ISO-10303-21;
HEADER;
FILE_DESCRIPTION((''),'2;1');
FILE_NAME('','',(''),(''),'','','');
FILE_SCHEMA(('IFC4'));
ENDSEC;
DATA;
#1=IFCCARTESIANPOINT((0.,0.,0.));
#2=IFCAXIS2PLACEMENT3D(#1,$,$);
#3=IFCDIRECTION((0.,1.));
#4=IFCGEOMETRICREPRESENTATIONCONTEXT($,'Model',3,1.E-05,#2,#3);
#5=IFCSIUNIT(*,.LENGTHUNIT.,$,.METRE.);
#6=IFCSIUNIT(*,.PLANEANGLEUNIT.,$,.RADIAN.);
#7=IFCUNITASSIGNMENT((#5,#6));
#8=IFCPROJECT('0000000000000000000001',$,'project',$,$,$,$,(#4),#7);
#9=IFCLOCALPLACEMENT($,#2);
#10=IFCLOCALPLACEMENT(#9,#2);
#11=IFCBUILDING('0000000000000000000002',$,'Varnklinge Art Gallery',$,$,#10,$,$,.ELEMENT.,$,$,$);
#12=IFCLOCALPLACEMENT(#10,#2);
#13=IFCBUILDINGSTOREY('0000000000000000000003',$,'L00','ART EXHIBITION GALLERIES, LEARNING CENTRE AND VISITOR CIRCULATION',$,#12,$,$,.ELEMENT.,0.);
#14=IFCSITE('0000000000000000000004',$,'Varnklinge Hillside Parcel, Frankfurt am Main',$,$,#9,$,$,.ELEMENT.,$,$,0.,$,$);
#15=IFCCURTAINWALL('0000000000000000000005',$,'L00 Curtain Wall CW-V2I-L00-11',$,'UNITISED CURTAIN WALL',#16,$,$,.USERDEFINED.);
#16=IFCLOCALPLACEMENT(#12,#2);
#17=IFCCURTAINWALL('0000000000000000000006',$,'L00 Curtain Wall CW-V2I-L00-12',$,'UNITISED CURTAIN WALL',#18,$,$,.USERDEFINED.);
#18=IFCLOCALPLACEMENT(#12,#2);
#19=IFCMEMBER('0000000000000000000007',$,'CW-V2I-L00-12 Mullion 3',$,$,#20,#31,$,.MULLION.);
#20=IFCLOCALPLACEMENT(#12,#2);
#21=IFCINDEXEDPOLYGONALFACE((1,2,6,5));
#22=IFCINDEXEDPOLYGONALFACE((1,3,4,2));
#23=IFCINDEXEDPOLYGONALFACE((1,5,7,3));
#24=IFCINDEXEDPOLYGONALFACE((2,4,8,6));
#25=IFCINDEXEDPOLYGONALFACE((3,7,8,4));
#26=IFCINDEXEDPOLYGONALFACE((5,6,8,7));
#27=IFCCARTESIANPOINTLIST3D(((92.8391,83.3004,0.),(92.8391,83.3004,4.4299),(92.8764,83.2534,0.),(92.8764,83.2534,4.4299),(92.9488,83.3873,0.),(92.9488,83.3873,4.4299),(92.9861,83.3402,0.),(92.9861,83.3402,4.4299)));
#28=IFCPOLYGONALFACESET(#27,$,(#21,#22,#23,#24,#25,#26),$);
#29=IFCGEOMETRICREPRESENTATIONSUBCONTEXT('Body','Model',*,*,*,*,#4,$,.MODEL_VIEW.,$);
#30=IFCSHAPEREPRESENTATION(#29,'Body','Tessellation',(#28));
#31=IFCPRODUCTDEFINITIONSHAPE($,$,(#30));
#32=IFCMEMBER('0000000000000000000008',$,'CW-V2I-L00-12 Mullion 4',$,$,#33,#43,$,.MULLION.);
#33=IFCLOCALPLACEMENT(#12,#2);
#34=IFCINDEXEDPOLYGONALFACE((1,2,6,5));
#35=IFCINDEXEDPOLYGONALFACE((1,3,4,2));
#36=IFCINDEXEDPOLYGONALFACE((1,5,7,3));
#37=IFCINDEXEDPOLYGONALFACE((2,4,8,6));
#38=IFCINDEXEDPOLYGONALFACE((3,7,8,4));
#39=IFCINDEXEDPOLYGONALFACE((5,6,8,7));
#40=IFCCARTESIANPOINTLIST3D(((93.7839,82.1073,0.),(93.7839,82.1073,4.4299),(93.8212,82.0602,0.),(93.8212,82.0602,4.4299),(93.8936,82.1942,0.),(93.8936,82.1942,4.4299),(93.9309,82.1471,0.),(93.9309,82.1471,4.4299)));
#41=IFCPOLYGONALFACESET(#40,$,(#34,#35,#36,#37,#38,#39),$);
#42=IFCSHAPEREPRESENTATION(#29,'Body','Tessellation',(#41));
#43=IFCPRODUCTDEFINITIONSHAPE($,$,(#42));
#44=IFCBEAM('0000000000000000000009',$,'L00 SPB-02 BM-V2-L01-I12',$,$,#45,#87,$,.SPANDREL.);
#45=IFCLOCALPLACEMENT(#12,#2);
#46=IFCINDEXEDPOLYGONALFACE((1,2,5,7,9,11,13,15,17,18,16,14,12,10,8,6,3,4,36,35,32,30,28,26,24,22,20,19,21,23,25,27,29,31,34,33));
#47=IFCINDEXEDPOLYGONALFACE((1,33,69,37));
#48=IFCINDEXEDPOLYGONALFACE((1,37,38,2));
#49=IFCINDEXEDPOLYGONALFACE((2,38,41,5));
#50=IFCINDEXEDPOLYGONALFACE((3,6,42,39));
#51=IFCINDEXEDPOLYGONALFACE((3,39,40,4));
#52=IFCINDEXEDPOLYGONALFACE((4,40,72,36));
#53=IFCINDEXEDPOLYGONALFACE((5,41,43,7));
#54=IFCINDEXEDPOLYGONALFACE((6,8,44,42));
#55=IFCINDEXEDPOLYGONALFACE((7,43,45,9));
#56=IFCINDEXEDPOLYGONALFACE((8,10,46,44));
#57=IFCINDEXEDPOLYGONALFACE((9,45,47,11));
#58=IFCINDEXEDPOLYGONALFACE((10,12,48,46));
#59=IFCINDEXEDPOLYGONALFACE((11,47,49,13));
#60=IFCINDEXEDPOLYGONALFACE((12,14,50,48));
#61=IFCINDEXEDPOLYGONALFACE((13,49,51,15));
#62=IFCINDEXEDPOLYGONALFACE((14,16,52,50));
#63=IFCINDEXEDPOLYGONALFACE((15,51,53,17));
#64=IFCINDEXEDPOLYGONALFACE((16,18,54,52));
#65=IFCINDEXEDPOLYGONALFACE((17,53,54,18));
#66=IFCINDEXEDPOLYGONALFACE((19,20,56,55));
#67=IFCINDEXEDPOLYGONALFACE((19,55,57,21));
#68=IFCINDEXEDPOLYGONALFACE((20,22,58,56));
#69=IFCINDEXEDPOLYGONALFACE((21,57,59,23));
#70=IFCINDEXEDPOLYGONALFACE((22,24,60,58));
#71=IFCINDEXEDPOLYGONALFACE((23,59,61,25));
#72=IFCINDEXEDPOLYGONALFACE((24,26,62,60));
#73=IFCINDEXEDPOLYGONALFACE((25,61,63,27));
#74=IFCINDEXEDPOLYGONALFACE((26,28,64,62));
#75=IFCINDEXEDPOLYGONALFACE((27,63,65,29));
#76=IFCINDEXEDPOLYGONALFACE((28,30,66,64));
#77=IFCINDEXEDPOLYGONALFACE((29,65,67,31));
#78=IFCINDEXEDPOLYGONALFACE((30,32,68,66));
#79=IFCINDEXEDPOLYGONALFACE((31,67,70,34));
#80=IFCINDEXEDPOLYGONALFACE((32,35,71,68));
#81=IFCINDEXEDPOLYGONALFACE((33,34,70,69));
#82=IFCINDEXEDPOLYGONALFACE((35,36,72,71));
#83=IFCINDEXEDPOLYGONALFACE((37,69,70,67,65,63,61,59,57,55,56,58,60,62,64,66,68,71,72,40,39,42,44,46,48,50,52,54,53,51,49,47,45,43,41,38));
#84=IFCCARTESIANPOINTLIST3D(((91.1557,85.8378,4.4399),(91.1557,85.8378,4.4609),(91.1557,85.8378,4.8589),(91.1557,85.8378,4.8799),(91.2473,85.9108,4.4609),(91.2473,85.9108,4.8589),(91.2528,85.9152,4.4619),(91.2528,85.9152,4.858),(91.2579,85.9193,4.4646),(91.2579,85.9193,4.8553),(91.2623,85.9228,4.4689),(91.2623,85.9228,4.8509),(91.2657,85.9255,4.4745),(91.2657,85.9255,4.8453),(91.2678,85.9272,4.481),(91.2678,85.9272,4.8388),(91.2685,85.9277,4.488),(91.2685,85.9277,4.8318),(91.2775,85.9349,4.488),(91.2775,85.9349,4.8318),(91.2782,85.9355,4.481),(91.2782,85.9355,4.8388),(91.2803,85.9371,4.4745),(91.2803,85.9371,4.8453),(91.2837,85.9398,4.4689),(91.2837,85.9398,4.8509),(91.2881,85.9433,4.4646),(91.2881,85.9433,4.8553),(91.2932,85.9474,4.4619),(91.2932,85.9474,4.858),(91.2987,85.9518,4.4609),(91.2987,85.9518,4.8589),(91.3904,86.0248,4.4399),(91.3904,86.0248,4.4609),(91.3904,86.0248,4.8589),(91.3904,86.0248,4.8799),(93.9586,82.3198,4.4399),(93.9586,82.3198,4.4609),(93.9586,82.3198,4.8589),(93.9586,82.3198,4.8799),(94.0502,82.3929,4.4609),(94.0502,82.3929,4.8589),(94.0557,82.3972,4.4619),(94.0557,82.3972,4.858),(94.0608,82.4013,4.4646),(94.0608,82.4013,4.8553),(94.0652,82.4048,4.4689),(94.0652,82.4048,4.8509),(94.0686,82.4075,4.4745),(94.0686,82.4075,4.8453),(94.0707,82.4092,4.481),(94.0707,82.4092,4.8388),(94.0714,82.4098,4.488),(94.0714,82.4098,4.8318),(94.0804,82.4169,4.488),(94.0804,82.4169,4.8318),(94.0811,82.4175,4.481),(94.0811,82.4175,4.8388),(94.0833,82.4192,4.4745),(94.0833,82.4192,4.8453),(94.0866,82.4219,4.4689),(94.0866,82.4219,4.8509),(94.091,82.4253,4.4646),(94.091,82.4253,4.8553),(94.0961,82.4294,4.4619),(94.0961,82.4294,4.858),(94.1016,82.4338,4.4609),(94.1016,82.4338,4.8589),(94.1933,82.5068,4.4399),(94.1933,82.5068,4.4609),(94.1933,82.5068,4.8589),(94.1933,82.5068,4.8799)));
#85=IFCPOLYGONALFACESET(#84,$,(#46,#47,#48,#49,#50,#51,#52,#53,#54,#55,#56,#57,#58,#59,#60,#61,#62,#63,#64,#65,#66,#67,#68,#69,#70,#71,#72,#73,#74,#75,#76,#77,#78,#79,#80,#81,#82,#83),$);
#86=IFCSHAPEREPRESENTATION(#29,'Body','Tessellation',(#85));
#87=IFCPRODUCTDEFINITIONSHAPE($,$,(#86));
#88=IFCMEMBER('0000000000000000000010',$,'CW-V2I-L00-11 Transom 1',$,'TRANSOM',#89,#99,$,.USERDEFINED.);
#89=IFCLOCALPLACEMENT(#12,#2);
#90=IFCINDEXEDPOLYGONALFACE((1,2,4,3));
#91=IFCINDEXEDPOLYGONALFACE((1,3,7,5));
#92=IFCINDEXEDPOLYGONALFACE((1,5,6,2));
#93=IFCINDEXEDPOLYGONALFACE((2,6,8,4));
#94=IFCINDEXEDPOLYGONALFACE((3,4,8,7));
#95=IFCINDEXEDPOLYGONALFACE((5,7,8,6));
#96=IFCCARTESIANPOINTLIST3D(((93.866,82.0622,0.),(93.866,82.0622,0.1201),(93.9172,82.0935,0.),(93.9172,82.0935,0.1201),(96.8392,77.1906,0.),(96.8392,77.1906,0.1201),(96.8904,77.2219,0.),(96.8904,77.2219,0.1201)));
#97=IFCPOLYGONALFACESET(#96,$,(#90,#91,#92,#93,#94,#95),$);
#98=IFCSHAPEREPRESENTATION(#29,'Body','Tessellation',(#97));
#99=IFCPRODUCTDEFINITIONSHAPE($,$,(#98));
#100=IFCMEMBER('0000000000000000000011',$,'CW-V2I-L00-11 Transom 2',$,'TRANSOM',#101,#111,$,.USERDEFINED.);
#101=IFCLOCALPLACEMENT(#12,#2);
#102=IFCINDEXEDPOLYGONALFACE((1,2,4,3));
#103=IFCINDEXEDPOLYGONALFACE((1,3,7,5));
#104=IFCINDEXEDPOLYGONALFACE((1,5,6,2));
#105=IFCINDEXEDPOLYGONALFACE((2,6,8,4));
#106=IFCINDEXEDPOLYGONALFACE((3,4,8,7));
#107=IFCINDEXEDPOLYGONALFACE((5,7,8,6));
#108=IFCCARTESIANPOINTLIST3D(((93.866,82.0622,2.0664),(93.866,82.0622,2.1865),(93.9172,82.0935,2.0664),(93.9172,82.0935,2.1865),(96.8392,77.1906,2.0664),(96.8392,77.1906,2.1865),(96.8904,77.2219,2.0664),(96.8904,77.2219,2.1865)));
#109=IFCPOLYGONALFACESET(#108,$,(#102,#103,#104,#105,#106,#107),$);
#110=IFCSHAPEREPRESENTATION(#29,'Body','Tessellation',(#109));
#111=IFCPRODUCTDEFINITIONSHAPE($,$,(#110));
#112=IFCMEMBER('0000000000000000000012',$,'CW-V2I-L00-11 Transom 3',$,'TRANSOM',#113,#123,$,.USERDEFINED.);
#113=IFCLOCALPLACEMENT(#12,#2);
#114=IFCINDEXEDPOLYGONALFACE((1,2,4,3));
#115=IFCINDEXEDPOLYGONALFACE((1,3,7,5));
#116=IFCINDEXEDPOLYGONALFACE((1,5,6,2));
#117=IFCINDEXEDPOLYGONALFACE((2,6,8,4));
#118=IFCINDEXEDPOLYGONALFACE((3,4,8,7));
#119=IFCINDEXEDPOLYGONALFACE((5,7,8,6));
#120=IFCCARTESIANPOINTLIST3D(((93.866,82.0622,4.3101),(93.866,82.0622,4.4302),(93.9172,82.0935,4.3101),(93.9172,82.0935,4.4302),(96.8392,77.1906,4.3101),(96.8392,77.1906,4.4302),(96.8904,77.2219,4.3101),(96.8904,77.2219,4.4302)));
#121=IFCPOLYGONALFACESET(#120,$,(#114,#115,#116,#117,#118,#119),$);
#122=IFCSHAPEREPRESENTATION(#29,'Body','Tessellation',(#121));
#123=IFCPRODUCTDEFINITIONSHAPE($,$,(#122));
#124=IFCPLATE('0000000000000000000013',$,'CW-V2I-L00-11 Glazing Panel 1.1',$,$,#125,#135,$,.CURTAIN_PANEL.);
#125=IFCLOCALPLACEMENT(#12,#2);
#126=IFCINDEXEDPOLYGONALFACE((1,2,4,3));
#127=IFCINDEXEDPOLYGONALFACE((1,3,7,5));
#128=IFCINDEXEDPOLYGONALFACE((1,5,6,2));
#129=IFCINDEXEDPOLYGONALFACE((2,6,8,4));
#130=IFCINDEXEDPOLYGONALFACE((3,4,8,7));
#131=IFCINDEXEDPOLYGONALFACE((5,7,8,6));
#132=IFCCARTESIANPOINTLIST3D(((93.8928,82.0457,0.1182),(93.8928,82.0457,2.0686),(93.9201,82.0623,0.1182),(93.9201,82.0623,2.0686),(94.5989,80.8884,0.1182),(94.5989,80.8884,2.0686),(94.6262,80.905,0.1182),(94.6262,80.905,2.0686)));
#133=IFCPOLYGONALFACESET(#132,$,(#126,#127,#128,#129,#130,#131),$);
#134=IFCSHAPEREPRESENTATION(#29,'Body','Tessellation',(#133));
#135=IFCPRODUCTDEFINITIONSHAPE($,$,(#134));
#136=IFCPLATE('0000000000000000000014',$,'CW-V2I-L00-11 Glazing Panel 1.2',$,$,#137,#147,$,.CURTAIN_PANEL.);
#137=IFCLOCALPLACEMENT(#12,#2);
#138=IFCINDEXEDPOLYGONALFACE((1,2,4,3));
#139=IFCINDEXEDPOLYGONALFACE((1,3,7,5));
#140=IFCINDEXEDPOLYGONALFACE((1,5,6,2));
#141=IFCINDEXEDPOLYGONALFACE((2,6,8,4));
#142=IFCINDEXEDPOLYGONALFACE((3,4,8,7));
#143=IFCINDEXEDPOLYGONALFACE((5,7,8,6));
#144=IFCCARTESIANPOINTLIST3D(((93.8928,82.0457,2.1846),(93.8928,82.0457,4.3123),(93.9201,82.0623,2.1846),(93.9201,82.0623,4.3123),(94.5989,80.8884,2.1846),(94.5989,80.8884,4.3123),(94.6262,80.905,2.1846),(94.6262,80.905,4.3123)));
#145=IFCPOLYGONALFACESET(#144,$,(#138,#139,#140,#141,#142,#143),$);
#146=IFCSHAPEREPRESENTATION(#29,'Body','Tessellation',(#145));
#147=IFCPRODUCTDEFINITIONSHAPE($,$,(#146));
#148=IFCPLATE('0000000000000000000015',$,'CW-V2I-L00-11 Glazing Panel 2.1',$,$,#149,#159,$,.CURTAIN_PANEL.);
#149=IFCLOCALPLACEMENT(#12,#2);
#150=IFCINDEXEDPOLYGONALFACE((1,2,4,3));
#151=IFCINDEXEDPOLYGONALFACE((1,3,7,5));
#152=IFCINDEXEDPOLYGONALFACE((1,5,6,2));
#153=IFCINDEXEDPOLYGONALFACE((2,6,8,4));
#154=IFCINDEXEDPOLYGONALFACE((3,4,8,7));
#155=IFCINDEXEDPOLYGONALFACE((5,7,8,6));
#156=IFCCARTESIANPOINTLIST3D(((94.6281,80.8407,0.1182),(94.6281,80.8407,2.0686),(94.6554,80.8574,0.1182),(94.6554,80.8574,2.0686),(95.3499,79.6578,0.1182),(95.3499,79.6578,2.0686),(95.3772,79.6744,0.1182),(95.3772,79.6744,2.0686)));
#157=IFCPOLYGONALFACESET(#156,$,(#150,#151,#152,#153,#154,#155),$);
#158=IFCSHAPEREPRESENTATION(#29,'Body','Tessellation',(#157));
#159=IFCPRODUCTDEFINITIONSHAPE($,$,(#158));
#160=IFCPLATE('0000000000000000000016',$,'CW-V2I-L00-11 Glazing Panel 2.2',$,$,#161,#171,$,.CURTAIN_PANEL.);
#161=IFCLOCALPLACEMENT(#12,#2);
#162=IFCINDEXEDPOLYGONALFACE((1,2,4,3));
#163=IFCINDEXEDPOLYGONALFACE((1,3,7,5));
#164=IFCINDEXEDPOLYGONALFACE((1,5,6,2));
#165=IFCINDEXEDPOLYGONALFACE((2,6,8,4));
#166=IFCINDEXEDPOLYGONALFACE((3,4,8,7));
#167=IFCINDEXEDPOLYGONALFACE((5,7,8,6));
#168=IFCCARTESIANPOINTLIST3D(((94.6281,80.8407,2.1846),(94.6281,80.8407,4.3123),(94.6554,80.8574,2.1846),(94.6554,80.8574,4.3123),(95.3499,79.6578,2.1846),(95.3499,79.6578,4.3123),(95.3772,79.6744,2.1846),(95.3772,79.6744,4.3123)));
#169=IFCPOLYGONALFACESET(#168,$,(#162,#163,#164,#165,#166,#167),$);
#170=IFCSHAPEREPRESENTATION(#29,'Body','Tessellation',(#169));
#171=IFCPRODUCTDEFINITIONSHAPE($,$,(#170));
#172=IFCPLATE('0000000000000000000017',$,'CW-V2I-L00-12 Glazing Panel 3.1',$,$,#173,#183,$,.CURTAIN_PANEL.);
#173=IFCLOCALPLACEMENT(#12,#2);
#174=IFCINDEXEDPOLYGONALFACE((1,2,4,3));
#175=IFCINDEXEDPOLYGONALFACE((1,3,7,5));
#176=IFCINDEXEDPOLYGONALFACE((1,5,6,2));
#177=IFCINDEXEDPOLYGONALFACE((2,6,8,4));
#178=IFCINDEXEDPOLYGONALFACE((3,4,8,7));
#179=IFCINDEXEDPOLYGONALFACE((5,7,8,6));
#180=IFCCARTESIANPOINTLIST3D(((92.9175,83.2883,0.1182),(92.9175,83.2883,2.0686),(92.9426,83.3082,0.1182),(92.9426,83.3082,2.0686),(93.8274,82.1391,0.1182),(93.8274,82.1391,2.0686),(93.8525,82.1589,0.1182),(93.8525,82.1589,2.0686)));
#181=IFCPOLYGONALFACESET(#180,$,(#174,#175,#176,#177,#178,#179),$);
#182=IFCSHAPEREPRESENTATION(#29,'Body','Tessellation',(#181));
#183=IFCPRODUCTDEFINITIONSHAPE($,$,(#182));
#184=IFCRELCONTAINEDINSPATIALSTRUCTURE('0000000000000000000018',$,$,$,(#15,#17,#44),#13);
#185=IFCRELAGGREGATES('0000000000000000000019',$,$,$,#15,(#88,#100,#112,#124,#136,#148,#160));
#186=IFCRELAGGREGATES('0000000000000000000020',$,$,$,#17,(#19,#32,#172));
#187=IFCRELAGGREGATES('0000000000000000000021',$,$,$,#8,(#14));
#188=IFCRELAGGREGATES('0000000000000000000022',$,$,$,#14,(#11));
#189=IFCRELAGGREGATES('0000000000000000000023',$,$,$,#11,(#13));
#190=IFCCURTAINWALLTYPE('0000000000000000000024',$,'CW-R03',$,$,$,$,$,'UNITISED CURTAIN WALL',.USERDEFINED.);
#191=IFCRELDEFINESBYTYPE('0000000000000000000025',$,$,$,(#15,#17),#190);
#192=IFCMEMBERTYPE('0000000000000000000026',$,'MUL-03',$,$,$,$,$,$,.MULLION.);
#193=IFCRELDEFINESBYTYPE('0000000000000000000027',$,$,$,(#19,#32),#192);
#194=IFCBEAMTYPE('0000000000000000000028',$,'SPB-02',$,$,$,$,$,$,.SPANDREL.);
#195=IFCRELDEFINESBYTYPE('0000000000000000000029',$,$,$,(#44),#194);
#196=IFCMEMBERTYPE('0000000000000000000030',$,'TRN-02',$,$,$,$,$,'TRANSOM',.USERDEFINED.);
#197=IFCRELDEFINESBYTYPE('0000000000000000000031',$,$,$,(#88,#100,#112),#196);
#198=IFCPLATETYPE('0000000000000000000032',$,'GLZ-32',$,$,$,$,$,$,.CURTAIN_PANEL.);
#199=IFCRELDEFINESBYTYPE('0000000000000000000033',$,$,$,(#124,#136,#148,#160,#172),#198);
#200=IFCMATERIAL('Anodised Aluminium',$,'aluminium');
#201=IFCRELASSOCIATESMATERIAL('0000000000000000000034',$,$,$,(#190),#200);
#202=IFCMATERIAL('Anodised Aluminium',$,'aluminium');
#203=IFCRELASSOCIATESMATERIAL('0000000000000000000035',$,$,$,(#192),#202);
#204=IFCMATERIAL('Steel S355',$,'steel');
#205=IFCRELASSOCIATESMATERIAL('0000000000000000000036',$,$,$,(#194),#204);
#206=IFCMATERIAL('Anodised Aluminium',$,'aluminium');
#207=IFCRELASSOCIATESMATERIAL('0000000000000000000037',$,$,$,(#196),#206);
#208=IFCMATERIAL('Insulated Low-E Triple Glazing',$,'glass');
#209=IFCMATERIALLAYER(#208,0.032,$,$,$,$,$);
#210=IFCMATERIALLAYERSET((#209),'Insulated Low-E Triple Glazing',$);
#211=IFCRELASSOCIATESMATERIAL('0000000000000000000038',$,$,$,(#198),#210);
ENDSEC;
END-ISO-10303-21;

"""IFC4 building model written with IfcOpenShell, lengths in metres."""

from ifc_helpers import new_model, si_unit, direction, frame, origin, origin_2d, place, context, subcontext, project, spatial, rectangle, i_section, extrude, material, layer, layer_set, material_profile, profile_set, type_object, element, aggregate, save


model = new_model("IFC4")

# Units and contexts
model_context = context("Model", 3, precision=1e-05, world=origin(), true_north=direction((0.0, 1.0)))
body_context = subcontext(model_context, "Body", "Model", "MODEL_VIEW")
ifc_project = project(units=[si_unit("LENGTHUNIT", "METRE"), si_unit("PLANEANGLEUNIT", "RADIAN")], contexts=[model_context])

# Site, building, storey
site_placement = place(None, origin())
site = spatial("IfcSite", under=ifc_project, at=site_placement, Name="Varnklinge Hillside Parcel, Frankfurt am Main", CompositionType="ELEMENT", RefElevation=0.0)
building_placement = place(site_placement, origin())
building = spatial("IfcBuilding", under=site, at=building_placement, Name="Varnklinge Art Gallery", CompositionType="ELEMENT")
storey_placement = place(building_placement, origin())
storey = spatial("IfcBuildingStorey", under=building, at=storey_placement, Name="L00", Description="ART EXHIBITION GALLERIES, LEARNING CENTRE AND VISITOR CIRCULATION", CompositionType="ELEMENT", Elevation=0.0)

# Curtain walls, members
ifc_material_1 = material(Name="Anodised Aluminium", Category="aluminium")
curtain_wall_type_1 = type_object("IfcCurtainWallType", Name="CW-R03", ElementType="UNITISED CURTAIN WALL", PredefinedType="USERDEFINED", material=ifc_material_1)
curtain_wall_1_placement = place(storey_placement, origin())
curtain_wall_1 = element("IfcCurtainWall", 1, at=curtain_wall_1_placement, inside=storey, type_object=curtain_wall_type_1, Name="L00 Curtain Wall CW-V2I-L00-11", ObjectType="UNITISED CURTAIN WALL", PredefinedType="USERDEFINED")
ifc_material_2 = material(Name="Anodised Aluminium", Category="aluminium")
ifc_material_profile_1 = material_profile(ifc_material_2, rectangle(XDim=0.0601, YDim=0.1399, at=origin_2d()), Name="ALU 60x140")
ifc_profile_set_1 = profile_set([ifc_material_profile_1], Name="Anodised Aluminium")
member_type_1 = type_object("IfcMemberType", Name="MUL-03", PredefinedType="MULLION", material=ifc_profile_set_1)
curtain_wall_2_placement = place(storey_placement, origin())
curtain_wall_2 = element("IfcCurtainWall", 2, at=curtain_wall_2_placement, inside=storey, type_object=curtain_wall_type_1, Name="L00 Curtain Wall CW-V2I-L00-12", ObjectType="UNITISED CURTAIN WALL", PredefinedType="USERDEFINED")
member_1_placement = place(storey_placement, frame((92.9126, 83.3203, 0.0), z_axis=(0.0, 0.0, 1.0), x_axis=(0.620737, -0.784019, 0.0)))
member_1 = element("IfcMember", 3, at=member_1_placement, type_object=member_type_1, Name="CW-V2I-L00-12 Mullion 3", PredefinedType="MULLION", context=body_context, shape_type="SweptSolid", body=[
    extrude(rectangle(XDim=0.0601, YDim=0.1399, at=origin_2d()), origin(), (0.0, 0.0, 1.0), 4.4299),
])
member_2_placement = place(storey_placement, frame((93.8574, 82.1272, 0.0), z_axis=(0.0, 0.0, 1.0), x_axis=(0.620737, -0.784019, 0.0)))
member_2 = element("IfcMember", 4, at=member_2_placement, type_object=member_type_1, Name="CW-V2I-L00-12 Mullion 4", PredefinedType="MULLION", context=body_context, shape_type="SweptSolid", body=[
    extrude(rectangle(XDim=0.0601, YDim=0.1399, at=origin_2d()), origin(), (0.0, 0.0, 1.0), 4.4299),
])

# Beam
ifc_material_3 = material(Name="Steel S355", Category="steel")
ifc_material_profile_2 = material_profile(ifc_material_3, i_section(OverallWidth=0.3, OverallDepth=0.4399, WebThickness=0.0115, FlangeThickness=0.021, FilletRadius=0.0271, at=origin_2d()), Name="HEA 450")
ifc_profile_set_2 = profile_set([ifc_material_profile_2], Name="Steel S355")
beam_type_1 = type_object("IfcBeamType", Name="SPB-02", PredefinedType="SPANDREL", material=ifc_profile_set_2)
beam_1_placement = place(storey_placement, frame((94.0759, 82.4133, 4.6599), z_axis=(-0.623138, 0.782112, 0.0), x_axis=(-0.782112, -0.623138, 0.0)))
element("IfcBeam", 5, at=beam_1_placement, inside=storey, type_object=beam_type_1, Name="L00 SPB-02 BM-V2-L01-I12", PredefinedType="SPANDREL", context=body_context, shape_type="SweptSolid", body=[
    extrude(i_section(OverallWidth=0.3, OverallDepth=0.4399, WebThickness=0.0115, FlangeThickness=0.021, FilletRadius=0.0271, at=origin_2d()), origin(), (0.0, 0.0, 1.0), 4.498),
])

# Members
ifc_material_4 = material(Name="Anodised Aluminium", Category="aluminium")
ifc_material_profile_3 = material_profile(ifc_material_4, rectangle(XDim=0.0601, YDim=0.1201, at=origin_2d()), Name="ALU 60x120")
ifc_profile_set_3 = profile_set([ifc_material_profile_3], Name="Anodised Aluminium")
member_type_2 = type_object("IfcMemberType", Name="TRN-02", ElementType="TRANSOM", PredefinedType="USERDEFINED", material=ifc_profile_set_3)
member_3_placement = place(storey_placement, frame((93.8916, 82.0779, 0.0601), z_axis=(0.520948, -0.853588, 0.0), x_axis=(0.853588, 0.520948, 0.0)))
member_3 = element("IfcMember", 6, at=member_3_placement, type_object=member_type_2, Name="CW-V2I-L00-11 Transom 1", ObjectType="TRANSOM", PredefinedType="USERDEFINED", context=body_context, shape_type="SweptSolid", body=[
    extrude(rectangle(XDim=0.0601, YDim=0.1201, at=origin_2d()), origin(), (0.0, 0.0, 1.0), 5.7073),
])
member_4_placement = place(storey_placement, frame((93.8916, 82.0779, 2.1265), z_axis=(0.520948, -0.853588, 0.0), x_axis=(0.853588, 0.520948, 0.0)))
member_4 = element("IfcMember", 7, at=member_4_placement, type_object=member_type_2, Name="CW-V2I-L00-11 Transom 2", ObjectType="TRANSOM", PredefinedType="USERDEFINED", context=body_context, shape_type="SweptSolid", body=[
    extrude(rectangle(XDim=0.0601, YDim=0.1201, at=origin_2d()), origin(), (0.0, 0.0, 1.0), 5.7073),
])
member_5_placement = place(storey_placement, frame((93.8916, 82.0779, 4.3701), z_axis=(0.520948, -0.853588, 0.0), x_axis=(0.853588, 0.520948, 0.0)))
member_5 = element("IfcMember", 8, at=member_5_placement, type_object=member_type_2, Name="CW-V2I-L00-11 Transom 3", ObjectType="TRANSOM", PredefinedType="USERDEFINED", context=body_context, shape_type="SweptSolid", body=[
    extrude(rectangle(XDim=0.0601, YDim=0.1201, at=origin_2d()), origin(), (0.0, 0.0, 1.0), 5.7073),
])

# Plates
ifc_material_5 = material(Name="Insulated Low-E Triple Glazing", Category="glass")
ifc_layer_1 = layer(ifc_material_5, 0.032)
ifc_layer_set_1 = layer_set([ifc_layer_1], Name="Insulated Low-E Triple Glazing")
plate_type_1 = type_object("IfcPlateType", Name="GLZ-32", PredefinedType="CURTAIN_PANEL", material=ifc_layer_set_1)
plate_1_placement = place(storey_placement, frame((94.2595, 81.4753, 0.1182), z_axis=(0.0, 0.0, 1.0), x_axis=(0.520861, -0.853642, 0.0)))
plate_1 = element("IfcPlate", 9, at=plate_1_placement, type_object=plate_type_1, Name="CW-V2I-L00-11 Glazing Panel 1.1", PredefinedType="CURTAIN_PANEL", context=body_context, shape_type="SweptSolid", body=[
    extrude(rectangle(XDim=1.3557, YDim=0.032, at=origin_2d()), origin(), (0.0, 0.0, 1.0), 1.9504),
])
plate_2_placement = place(storey_placement, frame((94.2595, 81.4753, 2.1846), z_axis=(0.0, 0.0, 1.0), x_axis=(0.520861, -0.853642, 0.0)))
plate_2 = element("IfcPlate", 10, at=plate_2_placement, type_object=plate_type_1, Name="CW-V2I-L00-11 Glazing Panel 1.2", PredefinedType="CURTAIN_PANEL", context=body_context, shape_type="SweptSolid", body=[
    extrude(rectangle(XDim=1.3557, YDim=0.032, at=origin_2d()), origin(), (0.0, 0.0, 1.0), 2.1277),
])
plate_3_placement = place(storey_placement, frame((95.0027, 80.2576, 0.1182), z_axis=(0.0, 0.0, 1.0), x_axis=(0.520861, -0.853642, 0.0)))
plate_3 = element("IfcPlate", 11, at=plate_3_placement, type_object=plate_type_1, Name="CW-V2I-L00-11 Glazing Panel 2.1", PredefinedType="CURTAIN_PANEL", context=body_context, shape_type="SweptSolid", body=[
    extrude(rectangle(XDim=1.3857, YDim=0.032, at=origin_2d()), origin(), (0.0, 0.0, 1.0), 1.9504),
])
plate_4_placement = place(storey_placement, frame((95.0027, 80.2576, 2.1846), z_axis=(0.0, 0.0, 1.0), x_axis=(0.520861, -0.853642, 0.0)))
plate_4 = element("IfcPlate", 12, at=plate_4_placement, type_object=plate_type_1, Name="CW-V2I-L00-11 Glazing Panel 2.2", PredefinedType="CURTAIN_PANEL", context=body_context, shape_type="SweptSolid", body=[
    extrude(rectangle(XDim=1.3857, YDim=0.032, at=origin_2d()), origin(), (0.0, 0.0, 1.0), 2.1277),
])
aggregate(curtain_wall_1, [member_3, member_4, member_5, plate_1, plate_2, plate_3, plate_4])
plate_5_placement = place(storey_placement, frame((93.385, 82.7236, 0.1182), z_axis=(0.0, 0.0, 1.0), x_axis=(0.620737, -0.784019, 0.0)))
plate_5 = element("IfcPlate", 13, at=plate_5_placement, type_object=plate_type_1, Name="CW-V2I-L00-12 Glazing Panel 3.1", PredefinedType="CURTAIN_PANEL", context=body_context, shape_type="SweptSolid", body=[
    extrude(rectangle(XDim=1.4658, YDim=0.032, at=origin_2d()), origin(), (0.0, 0.0, 1.0), 1.9504),
])
aggregate(curtain_wall_2, [member_1, member_2, plate_5])

save(model, "model.ifc")
